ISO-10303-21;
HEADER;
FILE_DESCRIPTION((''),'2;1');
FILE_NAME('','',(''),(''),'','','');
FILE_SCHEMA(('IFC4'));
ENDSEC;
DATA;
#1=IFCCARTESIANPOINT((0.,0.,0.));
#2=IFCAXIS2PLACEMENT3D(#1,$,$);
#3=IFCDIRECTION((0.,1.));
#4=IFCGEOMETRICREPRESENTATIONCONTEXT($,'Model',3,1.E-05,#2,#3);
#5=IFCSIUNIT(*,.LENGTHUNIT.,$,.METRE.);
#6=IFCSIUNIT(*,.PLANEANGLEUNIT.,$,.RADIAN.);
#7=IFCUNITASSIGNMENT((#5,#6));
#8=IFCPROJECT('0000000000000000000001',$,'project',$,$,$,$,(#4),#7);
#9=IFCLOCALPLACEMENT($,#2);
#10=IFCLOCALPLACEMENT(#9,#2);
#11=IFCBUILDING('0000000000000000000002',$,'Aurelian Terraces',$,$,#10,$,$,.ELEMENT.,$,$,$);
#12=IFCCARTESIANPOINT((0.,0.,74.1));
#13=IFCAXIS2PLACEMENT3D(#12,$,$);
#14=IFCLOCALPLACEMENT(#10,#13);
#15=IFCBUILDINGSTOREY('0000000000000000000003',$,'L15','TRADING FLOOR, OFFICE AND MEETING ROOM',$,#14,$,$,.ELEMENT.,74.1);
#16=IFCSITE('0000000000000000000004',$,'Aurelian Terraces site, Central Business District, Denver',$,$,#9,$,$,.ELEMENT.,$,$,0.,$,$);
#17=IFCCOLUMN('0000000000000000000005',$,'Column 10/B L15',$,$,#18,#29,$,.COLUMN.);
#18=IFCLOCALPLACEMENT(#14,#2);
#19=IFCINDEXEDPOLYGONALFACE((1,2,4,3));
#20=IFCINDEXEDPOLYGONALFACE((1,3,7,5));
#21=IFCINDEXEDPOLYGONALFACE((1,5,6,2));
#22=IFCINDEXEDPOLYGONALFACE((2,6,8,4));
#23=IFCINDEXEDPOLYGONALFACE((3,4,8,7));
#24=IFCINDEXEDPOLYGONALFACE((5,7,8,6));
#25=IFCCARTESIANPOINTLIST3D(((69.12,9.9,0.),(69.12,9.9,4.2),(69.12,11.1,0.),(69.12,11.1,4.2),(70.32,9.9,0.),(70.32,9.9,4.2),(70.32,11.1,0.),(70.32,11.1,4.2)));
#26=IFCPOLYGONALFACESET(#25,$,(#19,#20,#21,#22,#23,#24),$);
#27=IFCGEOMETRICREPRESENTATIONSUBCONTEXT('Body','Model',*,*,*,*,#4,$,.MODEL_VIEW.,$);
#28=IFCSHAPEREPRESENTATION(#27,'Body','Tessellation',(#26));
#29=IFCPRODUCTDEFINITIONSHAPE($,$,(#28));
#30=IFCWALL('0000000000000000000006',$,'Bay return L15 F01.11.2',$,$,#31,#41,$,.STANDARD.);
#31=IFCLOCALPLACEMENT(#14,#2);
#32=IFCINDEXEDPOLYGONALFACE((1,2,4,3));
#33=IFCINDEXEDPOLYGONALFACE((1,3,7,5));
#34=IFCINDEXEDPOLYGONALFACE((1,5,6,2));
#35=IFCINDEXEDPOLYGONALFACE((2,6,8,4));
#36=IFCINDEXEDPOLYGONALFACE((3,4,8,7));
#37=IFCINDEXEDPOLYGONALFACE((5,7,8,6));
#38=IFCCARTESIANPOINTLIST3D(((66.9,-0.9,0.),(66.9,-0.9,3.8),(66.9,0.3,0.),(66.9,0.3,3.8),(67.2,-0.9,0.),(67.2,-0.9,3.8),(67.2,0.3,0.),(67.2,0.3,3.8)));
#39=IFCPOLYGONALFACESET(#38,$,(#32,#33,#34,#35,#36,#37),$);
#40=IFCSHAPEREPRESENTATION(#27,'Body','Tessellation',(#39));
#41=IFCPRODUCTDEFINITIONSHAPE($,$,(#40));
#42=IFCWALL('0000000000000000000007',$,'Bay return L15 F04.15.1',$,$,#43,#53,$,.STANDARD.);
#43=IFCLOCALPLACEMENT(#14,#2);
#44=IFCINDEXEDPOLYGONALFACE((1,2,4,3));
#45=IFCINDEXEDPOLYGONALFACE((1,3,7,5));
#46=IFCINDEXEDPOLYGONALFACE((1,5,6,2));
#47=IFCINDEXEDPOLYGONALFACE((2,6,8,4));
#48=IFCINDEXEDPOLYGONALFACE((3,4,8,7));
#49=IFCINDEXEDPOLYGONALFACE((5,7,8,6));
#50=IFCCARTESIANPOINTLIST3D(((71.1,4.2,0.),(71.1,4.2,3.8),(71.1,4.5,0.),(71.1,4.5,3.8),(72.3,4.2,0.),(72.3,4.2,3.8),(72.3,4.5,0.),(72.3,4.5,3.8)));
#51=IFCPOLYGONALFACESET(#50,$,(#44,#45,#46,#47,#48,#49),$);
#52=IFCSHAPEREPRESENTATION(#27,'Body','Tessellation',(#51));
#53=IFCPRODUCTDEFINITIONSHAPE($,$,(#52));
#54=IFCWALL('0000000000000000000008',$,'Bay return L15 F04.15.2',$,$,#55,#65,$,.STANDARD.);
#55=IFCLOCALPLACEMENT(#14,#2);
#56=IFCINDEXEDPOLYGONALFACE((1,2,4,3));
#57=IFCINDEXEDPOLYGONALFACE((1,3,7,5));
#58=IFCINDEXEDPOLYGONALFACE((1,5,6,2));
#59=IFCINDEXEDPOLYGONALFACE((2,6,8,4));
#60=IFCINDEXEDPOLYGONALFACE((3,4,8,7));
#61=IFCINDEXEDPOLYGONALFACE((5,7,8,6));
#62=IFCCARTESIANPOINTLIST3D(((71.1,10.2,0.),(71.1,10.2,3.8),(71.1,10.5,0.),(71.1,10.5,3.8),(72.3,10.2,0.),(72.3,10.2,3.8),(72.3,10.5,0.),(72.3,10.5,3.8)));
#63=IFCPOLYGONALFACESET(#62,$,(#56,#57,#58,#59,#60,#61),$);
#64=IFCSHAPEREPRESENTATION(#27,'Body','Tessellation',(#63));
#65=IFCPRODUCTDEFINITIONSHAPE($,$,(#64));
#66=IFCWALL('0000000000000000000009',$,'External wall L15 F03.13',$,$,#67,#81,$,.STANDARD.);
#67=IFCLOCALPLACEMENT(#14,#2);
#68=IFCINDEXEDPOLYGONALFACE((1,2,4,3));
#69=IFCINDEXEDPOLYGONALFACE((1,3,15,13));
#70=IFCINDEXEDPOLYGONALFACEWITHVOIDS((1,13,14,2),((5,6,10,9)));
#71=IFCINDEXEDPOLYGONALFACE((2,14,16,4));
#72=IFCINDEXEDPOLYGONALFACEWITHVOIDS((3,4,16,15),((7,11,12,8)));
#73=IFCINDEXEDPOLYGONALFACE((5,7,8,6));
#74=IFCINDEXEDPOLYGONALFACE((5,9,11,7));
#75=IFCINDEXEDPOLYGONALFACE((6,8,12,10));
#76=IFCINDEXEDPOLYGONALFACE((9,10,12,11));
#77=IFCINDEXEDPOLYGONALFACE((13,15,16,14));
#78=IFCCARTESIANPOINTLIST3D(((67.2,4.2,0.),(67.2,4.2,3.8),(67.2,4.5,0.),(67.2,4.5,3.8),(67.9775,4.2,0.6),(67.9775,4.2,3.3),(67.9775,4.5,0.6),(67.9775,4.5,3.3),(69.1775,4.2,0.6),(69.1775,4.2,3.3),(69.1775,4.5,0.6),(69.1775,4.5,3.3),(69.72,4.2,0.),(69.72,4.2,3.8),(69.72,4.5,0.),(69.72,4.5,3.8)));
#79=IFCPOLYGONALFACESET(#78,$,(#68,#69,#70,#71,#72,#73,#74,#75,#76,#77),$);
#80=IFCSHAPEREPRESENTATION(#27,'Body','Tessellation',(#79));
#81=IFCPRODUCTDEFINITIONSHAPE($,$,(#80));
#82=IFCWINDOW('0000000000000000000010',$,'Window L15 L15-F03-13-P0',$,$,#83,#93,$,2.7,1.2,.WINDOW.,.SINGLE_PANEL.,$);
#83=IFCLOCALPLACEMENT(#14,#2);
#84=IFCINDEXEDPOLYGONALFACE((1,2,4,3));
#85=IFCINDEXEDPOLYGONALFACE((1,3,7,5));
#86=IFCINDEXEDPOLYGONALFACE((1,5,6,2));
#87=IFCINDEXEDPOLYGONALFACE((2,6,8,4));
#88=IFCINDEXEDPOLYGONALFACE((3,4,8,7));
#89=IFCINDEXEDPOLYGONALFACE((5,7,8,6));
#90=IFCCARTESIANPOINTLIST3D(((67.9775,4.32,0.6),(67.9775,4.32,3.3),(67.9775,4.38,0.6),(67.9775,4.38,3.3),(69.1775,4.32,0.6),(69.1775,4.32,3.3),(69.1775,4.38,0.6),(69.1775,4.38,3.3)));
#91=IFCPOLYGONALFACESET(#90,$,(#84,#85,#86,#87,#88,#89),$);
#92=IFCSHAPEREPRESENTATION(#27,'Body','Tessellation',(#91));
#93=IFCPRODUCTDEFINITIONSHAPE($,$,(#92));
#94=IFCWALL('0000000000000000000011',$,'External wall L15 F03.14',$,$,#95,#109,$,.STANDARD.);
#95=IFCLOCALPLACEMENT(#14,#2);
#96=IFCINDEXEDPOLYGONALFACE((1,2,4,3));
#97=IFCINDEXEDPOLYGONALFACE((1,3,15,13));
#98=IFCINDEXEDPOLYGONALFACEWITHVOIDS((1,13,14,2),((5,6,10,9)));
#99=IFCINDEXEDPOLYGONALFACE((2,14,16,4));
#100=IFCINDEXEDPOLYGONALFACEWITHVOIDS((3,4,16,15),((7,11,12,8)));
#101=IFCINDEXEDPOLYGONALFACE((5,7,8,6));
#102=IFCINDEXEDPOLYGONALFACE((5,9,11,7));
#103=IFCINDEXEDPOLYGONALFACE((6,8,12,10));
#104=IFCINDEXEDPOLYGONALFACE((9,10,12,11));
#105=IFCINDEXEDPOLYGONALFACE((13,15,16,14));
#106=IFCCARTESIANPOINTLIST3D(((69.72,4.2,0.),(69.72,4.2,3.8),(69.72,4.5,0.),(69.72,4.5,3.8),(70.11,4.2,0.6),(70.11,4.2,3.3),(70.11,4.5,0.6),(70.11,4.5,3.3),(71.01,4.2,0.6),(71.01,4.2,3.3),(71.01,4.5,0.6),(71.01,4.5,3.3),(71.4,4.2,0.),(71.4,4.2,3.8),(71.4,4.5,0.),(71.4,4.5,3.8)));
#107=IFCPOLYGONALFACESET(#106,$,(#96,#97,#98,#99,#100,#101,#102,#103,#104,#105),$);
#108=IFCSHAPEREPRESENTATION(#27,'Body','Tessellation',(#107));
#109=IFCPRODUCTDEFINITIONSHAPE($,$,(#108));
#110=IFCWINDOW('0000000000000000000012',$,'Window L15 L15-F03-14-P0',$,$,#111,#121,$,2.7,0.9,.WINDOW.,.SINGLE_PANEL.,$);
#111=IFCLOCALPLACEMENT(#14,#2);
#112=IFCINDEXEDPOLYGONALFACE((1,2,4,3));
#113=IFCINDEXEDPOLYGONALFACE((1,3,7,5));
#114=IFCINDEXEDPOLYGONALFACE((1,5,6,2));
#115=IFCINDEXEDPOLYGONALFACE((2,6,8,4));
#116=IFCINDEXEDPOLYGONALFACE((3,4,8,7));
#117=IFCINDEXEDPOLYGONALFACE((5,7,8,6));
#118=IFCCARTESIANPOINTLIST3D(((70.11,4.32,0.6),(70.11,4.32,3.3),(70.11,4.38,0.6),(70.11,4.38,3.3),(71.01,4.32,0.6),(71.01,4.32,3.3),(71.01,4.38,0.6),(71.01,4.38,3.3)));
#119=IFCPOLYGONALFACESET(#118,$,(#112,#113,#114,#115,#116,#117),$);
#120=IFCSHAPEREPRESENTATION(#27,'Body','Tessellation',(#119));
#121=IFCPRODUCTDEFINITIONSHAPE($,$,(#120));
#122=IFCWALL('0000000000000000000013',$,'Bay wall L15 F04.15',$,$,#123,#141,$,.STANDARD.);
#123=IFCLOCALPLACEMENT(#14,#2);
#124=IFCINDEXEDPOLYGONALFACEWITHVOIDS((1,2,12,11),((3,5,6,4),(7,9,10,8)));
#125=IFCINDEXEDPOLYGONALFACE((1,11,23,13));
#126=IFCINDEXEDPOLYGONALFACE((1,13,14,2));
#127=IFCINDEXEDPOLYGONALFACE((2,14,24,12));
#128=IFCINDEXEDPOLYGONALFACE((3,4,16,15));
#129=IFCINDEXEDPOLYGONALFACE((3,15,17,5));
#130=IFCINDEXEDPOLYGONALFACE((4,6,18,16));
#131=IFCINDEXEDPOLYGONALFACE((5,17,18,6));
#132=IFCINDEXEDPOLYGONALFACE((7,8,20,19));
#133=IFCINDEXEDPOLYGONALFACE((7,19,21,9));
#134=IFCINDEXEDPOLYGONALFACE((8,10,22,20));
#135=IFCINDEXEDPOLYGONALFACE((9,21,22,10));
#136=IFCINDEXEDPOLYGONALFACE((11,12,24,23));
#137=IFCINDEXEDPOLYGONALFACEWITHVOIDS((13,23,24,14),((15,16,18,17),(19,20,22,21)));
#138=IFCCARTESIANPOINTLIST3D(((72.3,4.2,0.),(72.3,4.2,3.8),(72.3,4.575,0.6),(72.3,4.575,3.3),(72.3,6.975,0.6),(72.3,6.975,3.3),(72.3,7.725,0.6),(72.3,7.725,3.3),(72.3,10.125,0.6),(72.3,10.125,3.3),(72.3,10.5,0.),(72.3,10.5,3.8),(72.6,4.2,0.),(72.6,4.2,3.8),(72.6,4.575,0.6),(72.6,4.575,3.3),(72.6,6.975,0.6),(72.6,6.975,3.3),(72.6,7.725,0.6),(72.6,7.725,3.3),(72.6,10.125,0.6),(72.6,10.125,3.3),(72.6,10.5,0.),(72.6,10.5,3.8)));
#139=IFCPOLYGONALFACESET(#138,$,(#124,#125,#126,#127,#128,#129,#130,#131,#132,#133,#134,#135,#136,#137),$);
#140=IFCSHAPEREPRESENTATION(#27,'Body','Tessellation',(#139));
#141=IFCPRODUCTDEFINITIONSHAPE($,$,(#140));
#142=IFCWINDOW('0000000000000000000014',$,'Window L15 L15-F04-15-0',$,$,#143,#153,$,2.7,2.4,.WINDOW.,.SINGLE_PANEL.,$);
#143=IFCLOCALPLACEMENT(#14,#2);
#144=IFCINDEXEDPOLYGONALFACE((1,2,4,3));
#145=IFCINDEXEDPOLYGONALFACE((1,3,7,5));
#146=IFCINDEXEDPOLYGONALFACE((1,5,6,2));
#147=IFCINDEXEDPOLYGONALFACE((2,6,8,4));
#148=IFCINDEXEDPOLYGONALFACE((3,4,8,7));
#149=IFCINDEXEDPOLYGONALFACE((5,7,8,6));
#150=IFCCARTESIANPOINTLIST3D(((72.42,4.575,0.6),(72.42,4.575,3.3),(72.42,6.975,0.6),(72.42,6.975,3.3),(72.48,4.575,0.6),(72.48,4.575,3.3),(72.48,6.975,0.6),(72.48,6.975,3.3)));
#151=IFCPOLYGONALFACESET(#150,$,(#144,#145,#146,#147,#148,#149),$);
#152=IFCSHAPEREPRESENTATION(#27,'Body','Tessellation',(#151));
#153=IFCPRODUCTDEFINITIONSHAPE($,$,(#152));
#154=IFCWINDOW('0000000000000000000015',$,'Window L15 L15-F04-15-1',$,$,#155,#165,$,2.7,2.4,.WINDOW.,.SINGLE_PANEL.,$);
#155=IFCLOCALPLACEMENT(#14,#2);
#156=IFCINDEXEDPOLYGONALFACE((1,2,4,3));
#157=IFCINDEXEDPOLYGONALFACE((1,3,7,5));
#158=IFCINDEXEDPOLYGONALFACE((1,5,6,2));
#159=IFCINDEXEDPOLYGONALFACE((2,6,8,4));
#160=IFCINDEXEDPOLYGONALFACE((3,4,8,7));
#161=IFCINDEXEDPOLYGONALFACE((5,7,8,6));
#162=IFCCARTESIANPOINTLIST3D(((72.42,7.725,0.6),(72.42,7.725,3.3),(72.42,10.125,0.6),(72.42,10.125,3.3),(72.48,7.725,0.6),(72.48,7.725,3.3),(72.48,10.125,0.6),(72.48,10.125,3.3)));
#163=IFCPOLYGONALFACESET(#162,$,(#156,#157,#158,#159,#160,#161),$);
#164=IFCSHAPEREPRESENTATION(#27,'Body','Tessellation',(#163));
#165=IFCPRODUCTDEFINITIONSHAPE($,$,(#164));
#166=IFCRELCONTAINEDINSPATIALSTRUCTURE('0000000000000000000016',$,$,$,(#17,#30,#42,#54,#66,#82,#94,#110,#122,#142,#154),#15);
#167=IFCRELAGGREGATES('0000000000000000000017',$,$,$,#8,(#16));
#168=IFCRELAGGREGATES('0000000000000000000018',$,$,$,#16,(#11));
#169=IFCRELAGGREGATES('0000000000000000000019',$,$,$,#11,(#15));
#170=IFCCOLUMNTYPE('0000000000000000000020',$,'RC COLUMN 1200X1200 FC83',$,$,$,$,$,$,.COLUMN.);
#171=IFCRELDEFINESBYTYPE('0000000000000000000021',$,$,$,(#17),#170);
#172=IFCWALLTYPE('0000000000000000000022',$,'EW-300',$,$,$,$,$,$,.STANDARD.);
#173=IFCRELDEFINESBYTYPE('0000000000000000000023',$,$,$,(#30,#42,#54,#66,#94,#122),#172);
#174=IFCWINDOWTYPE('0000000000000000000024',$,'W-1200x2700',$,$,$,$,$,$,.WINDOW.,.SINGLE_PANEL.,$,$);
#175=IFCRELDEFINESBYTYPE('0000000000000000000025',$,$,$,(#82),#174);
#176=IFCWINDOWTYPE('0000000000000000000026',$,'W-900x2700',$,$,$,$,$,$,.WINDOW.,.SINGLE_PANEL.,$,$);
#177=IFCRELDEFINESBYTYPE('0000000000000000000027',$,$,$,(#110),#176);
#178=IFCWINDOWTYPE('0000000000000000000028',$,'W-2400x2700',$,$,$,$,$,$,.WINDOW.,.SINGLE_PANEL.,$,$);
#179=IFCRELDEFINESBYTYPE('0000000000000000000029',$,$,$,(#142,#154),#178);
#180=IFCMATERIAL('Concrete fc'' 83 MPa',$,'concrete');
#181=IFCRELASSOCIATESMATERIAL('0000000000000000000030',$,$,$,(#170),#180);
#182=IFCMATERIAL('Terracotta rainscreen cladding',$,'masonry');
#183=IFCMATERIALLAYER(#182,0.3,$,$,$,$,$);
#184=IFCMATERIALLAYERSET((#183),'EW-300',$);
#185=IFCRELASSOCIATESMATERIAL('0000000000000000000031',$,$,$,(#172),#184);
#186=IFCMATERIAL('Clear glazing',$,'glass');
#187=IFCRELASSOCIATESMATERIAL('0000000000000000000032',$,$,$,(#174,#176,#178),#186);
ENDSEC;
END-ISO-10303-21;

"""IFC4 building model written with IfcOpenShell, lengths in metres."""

from ifc_helpers import new_model, si_unit, direction, frame, frame_2d, origin, origin_2d, place, context, subcontext, project, spatial, rectangle, extrude, source, transform, mapped, material, layer, layer_set, material_profile, profile_set, type_object, element, fill, save


model = new_model("IFC4")

# Units and contexts
model_context = context("Model", 3, precision=1e-05, world=origin(), true_north=direction((0.0, 1.0)))
body_context = subcontext(model_context, "Body", "Model", "MODEL_VIEW")
ifc_project = project(units=[si_unit("LENGTHUNIT", "METRE"), si_unit("PLANEANGLEUNIT", "RADIAN")], contexts=[model_context])

# Site, building, storey
site_placement = place(None, origin())
site = spatial("IfcSite", under=ifc_project, at=site_placement, Name="Aurelian Terraces site, Central Business District, Denver", CompositionType="ELEMENT", RefElevation=0.0)
building_placement = place(site_placement, origin())
building = spatial("IfcBuilding", under=site, at=building_placement, Name="Aurelian Terraces", CompositionType="ELEMENT")
storey_placement = place(building_placement, frame((0.0, 0.0, 74.1)))
storey = spatial("IfcBuildingStorey", under=building, at=storey_placement, Name="L15", Description="TRADING FLOOR, OFFICE AND MEETING ROOM", CompositionType="ELEMENT", Elevation=74.1)

# Column
ifc_material_1 = material(Name="Concrete fc' 83 MPa", Category="concrete")
ifc_material_profile = material_profile(ifc_material_1, rectangle(XDim=1.2, YDim=1.2, at=origin_2d()))
ifc_profile_set = profile_set([ifc_material_profile], Name="Concrete fc' 83 MPa")
column_type = type_object("IfcColumnType", Name="RC COLUMN 1200X1200 FC83", PredefinedType="COLUMN", material=ifc_profile_set)
shared_shape_1 = source(origin(), body_context, "Body", "SweptSolid", [
    extrude(rectangle(XDim=1.2, YDim=1.2, at=origin_2d()), origin(), (0.0, 0.0, 1.0), 4.2),
])
column_placement = place(storey_placement, frame((69.72, 10.5, 0.0), z_axis=(0.0, 0.0, 1.0), x_axis=(1.0, 0.0, 0.0)))
element("IfcColumn", 1, at=column_placement, inside=storey, type_object=column_type, Name="Column 10/B L15", PredefinedType="COLUMN", context=body_context, shape_type="MappedRepresentation", body=[
    mapped(shared_shape_1, transform((0.0, 0.0, 0.0), scale=1.0)),
])

# Walls
ifc_material_2 = material(Name="Terracotta rainscreen cladding", Category="masonry")
ifc_layer_1 = layer(ifc_material_2, 0.3)
ifc_layer_set_1 = layer_set([ifc_layer_1], Name="EW-300")
wall_type_1 = type_object("IfcWallType", Name="EW-300", PredefinedType="STANDARD", material=ifc_layer_set_1)
shared_shape_2 = source(origin(), body_context, "Body", "SweptSolid", [
    extrude(rectangle(XDim=1.2, YDim=0.3, at=frame_2d((0.6, 0.0))), origin(), (0.0, 0.0, 1.0), 3.8),
])
for number, where, z_axis, x_axis, name in (
    (2, (67.05, 0.3, 0.0), (0.0, 0.0, 1.0), (0.0, -1.0, 0.0), "Bay return L15 F01.11.2"),
    (3, (71.1, 4.35, 0.0), (0.0, 0.0, 1.0), (1.0, 0.0, 0.0), "Bay return L15 F04.15.1"),
    (4, (71.1, 10.35, 0.0), (0.0, 0.0, 1.0), (1.0, 0.0, 0.0), "Bay return L15 F04.15.2"),
):
    element("IfcWall", number, at=place(storey_placement, frame(where, z_axis=z_axis, x_axis=x_axis)), inside=storey, type_object=wall_type_1, Name=name, PredefinedType="STANDARD", context=body_context, shape_type="MappedRepresentation", body=[
        mapped(shared_shape_2, transform((0.0, 0.0, 0.0), scale=1.0)),
    ])

# Walls, openings, windows
shared_shape_3 = source(origin(), body_context, "Body", "SweptSolid", [
    extrude(rectangle(XDim=2.52, YDim=0.3, at=frame_2d((1.26, 0.0))), origin(), (0.0, 0.0, 1.0), 3.8),
])
wall_1_placement = place(storey_placement, frame((67.2, 4.35, 0.0), z_axis=(0.0, 0.0, 1.0), x_axis=(1.0, 0.0, 0.0)))
wall_1 = element("IfcWall", 5, at=wall_1_placement, inside=storey, type_object=wall_type_1, Name="External wall L15 F03.13", PredefinedType="STANDARD", context=body_context, shape_type="MappedRepresentation", body=[
    mapped(shared_shape_3, transform((0.0, 0.0, 0.0), scale=1.0)),
])
shared_shape_4 = source(origin(), body_context, "Body", "SweptSolid", [
    extrude(rectangle(XDim=1.2, YDim=2.7, at=frame_2d((0.6, 1.35))), frame((0.0, 0.16, 0.0), z_axis=(0.0, -1.0, 0.0), x_axis=(1.0, 0.0, 0.0)), (0.0, 0.0, 1.0), 0.32),
])
opening_1_placement = place(wall_1_placement, frame((0.7775, 0.0, 0.6)))
opening_1 = element("IfcOpeningElement", 6, at=opening_1_placement, cuts=wall_1, PredefinedType="OPENING", context=body_context, shape_type="MappedRepresentation", body=[
    mapped(shared_shape_4, transform((0.0, 0.0, 0.0), scale=1.0)),
])
ifc_material_3 = material(Name="Clear glazing", Category="glass")
window_type_1 = type_object("IfcWindowType", Name="W-1200x2700", PartitioningType="SINGLE_PANEL", PredefinedType="WINDOW", material=ifc_material_3)
shared_shape_5 = source(origin(), body_context, "Body", "SweptSolid", [
    extrude(rectangle(XDim=1.2, YDim=2.7, at=frame_2d((0.6, 1.35))), frame((0.0, 0.03, 0.0), z_axis=(0.0, -1.0, 0.0), x_axis=(1.0, 0.0, 0.0)), (0.0, 0.0, 1.0), 0.06),
])
window_1_placement = place(opening_1_placement, origin())
window_1 = element("IfcWindow", 7, at=window_1_placement, inside=storey, type_object=window_type_1, Name="Window L15 L15-F03-13-P0", OverallHeight=2.7, OverallWidth=1.2, PartitioningType="SINGLE_PANEL", PredefinedType="WINDOW", context=body_context, shape_type="MappedRepresentation", body=[
    mapped(shared_shape_5, transform((0.0, 0.0, 0.0), scale=1.0)),
])
fill(opening_1, window_1)
shared_shape_6 = source(origin(), body_context, "Body", "SweptSolid", [
    extrude(rectangle(XDim=1.68, YDim=0.3, at=frame_2d((0.84, 0.0))), origin(), (0.0, 0.0, 1.0), 3.8),
])
wall_2_placement = place(storey_placement, frame((69.72, 4.35, 0.0), z_axis=(0.0, 0.0, 1.0), x_axis=(1.0, 0.0, 0.0)))
wall_2 = element("IfcWall", 8, at=wall_2_placement, inside=storey, type_object=wall_type_1, Name="External wall L15 F03.14", PredefinedType="STANDARD", context=body_context, shape_type="MappedRepresentation", body=[
    mapped(shared_shape_6, transform((0.0, 0.0, 0.0), scale=1.0)),
])
shared_shape_7 = source(origin(), body_context, "Body", "SweptSolid", [
    extrude(rectangle(XDim=0.9, YDim=2.7, at=frame_2d((0.45, 1.35))), frame((0.0, 0.16, 0.0), z_axis=(0.0, -1.0, 0.0), x_axis=(1.0, 0.0, 0.0)), (0.0, 0.0, 1.0), 0.32),
])
opening_2_placement = place(wall_2_placement, frame((0.39, 0.0, 0.6)))
opening_2 = element("IfcOpeningElement", 9, at=opening_2_placement, cuts=wall_2, PredefinedType="OPENING", context=body_context, shape_type="MappedRepresentation", body=[
    mapped(shared_shape_7, transform((0.0, 0.0, 0.0), scale=1.0)),
])
window_type_2 = type_object("IfcWindowType", Name="W-900x2700", PartitioningType="SINGLE_PANEL", PredefinedType="WINDOW", material=ifc_material_3)
shared_shape_8 = source(origin(), body_context, "Body", "SweptSolid", [
    extrude(rectangle(XDim=0.9, YDim=2.7, at=frame_2d((0.45, 1.35))), frame((0.0, 0.03, 0.0), z_axis=(0.0, -1.0, 0.0), x_axis=(1.0, 0.0, 0.0)), (0.0, 0.0, 1.0), 0.06),
])
window_2_placement = place(opening_2_placement, origin())
window_2 = element("IfcWindow", 10, at=window_2_placement, inside=storey, type_object=window_type_2, Name="Window L15 L15-F03-14-P0", OverallHeight=2.7, OverallWidth=0.9, PartitioningType="SINGLE_PANEL", PredefinedType="WINDOW", context=body_context, shape_type="MappedRepresentation", body=[
    mapped(shared_shape_8, transform((0.0, 0.0, 0.0), scale=1.0)),
])
fill(opening_2, window_2)

# Wall, openings, windows
shared_shape_9 = source(origin(), body_context, "Body", "SweptSolid", [
    extrude(rectangle(XDim=6.3, YDim=0.3, at=frame_2d((3.15, 0.0))), origin(), (0.0, 0.0, 1.0), 3.8),
])
wall_3_placement = place(storey_placement, frame((72.45, 4.2, 0.0), z_axis=(0.0, 0.0, 1.0), x_axis=(0.0, 1.0, 0.0)))
wall_3 = element("IfcWall", 11, at=wall_3_placement, inside=storey, type_object=wall_type_1, Name="Bay wall L15 F04.15", PredefinedType="STANDARD", context=body_context, shape_type="MappedRepresentation", body=[
    mapped(shared_shape_9, transform((0.0, 0.0, 0.0), scale=1.0)),
])
shared_shape_10 = source(origin(), body_context, "Body", "SweptSolid", [
    extrude(rectangle(XDim=2.4, YDim=2.7, at=frame_2d((1.2, 1.35))), frame((0.0, 0.16, 0.0), z_axis=(0.0, -1.0, 0.0), x_axis=(1.0, 0.0, 0.0)), (0.0, 0.0, 1.0), 0.32),
])
opening_3_placement = place(wall_3_placement, frame((0.375, 0.0, 0.6)))
opening_3 = element("IfcOpeningElement", 12, at=opening_3_placement, cuts=wall_3, PredefinedType="OPENING", context=body_context, shape_type="MappedRepresentation", body=[
    mapped(shared_shape_10, transform((0.0, 0.0, 0.0), scale=1.0)),
])
opening_4_placement = place(wall_3_placement, frame((3.525, 0.0, 0.6)))
opening_4 = element("IfcOpeningElement", 13, at=opening_4_placement, cuts=wall_3, PredefinedType="OPENING", context=body_context, shape_type="MappedRepresentation", body=[
    mapped(shared_shape_10, transform((0.0, 0.0, 0.0), scale=1.0)),
])
window_type_3 = type_object("IfcWindowType", Name="W-2400x2700", PartitioningType="SINGLE_PANEL", PredefinedType="WINDOW", material=ifc_material_3)
shared_shape_11 = source(origin(), body_context, "Body", "SweptSolid", [
    extrude(rectangle(XDim=2.4, YDim=2.7, at=frame_2d((1.2, 1.35))), frame((0.0, 0.03, 0.0), z_axis=(0.0, -1.0, 0.0), x_axis=(1.0, 0.0, 0.0)), (0.0, 0.0, 1.0), 0.06),
])
window_3_placement = place(opening_3_placement, origin())
window_3 = element("IfcWindow", 14, at=window_3_placement, inside=storey, type_object=window_type_3, Name="Window L15 L15-F04-15-0", OverallHeight=2.7, OverallWidth=2.4, PartitioningType="SINGLE_PANEL", PredefinedType="WINDOW", context=body_context, shape_type="MappedRepresentation", body=[
    mapped(shared_shape_11, transform((0.0, 0.0, 0.0), scale=1.0)),
])
fill(opening_3, window_3)
window_4_placement = place(opening_4_placement, origin())
window_4 = element("IfcWindow", 15, at=window_4_placement, inside=storey, type_object=window_type_3, Name="Window L15 L15-F04-15-1", OverallHeight=2.7, OverallWidth=2.4, PartitioningType="SINGLE_PANEL", PredefinedType="WINDOW", context=body_context, shape_type="MappedRepresentation", body=[
    mapped(shared_shape_11, transform((0.0, 0.0, 0.0), scale=1.0)),
])
fill(opening_4, window_4)

save(model, "model.ifc")
